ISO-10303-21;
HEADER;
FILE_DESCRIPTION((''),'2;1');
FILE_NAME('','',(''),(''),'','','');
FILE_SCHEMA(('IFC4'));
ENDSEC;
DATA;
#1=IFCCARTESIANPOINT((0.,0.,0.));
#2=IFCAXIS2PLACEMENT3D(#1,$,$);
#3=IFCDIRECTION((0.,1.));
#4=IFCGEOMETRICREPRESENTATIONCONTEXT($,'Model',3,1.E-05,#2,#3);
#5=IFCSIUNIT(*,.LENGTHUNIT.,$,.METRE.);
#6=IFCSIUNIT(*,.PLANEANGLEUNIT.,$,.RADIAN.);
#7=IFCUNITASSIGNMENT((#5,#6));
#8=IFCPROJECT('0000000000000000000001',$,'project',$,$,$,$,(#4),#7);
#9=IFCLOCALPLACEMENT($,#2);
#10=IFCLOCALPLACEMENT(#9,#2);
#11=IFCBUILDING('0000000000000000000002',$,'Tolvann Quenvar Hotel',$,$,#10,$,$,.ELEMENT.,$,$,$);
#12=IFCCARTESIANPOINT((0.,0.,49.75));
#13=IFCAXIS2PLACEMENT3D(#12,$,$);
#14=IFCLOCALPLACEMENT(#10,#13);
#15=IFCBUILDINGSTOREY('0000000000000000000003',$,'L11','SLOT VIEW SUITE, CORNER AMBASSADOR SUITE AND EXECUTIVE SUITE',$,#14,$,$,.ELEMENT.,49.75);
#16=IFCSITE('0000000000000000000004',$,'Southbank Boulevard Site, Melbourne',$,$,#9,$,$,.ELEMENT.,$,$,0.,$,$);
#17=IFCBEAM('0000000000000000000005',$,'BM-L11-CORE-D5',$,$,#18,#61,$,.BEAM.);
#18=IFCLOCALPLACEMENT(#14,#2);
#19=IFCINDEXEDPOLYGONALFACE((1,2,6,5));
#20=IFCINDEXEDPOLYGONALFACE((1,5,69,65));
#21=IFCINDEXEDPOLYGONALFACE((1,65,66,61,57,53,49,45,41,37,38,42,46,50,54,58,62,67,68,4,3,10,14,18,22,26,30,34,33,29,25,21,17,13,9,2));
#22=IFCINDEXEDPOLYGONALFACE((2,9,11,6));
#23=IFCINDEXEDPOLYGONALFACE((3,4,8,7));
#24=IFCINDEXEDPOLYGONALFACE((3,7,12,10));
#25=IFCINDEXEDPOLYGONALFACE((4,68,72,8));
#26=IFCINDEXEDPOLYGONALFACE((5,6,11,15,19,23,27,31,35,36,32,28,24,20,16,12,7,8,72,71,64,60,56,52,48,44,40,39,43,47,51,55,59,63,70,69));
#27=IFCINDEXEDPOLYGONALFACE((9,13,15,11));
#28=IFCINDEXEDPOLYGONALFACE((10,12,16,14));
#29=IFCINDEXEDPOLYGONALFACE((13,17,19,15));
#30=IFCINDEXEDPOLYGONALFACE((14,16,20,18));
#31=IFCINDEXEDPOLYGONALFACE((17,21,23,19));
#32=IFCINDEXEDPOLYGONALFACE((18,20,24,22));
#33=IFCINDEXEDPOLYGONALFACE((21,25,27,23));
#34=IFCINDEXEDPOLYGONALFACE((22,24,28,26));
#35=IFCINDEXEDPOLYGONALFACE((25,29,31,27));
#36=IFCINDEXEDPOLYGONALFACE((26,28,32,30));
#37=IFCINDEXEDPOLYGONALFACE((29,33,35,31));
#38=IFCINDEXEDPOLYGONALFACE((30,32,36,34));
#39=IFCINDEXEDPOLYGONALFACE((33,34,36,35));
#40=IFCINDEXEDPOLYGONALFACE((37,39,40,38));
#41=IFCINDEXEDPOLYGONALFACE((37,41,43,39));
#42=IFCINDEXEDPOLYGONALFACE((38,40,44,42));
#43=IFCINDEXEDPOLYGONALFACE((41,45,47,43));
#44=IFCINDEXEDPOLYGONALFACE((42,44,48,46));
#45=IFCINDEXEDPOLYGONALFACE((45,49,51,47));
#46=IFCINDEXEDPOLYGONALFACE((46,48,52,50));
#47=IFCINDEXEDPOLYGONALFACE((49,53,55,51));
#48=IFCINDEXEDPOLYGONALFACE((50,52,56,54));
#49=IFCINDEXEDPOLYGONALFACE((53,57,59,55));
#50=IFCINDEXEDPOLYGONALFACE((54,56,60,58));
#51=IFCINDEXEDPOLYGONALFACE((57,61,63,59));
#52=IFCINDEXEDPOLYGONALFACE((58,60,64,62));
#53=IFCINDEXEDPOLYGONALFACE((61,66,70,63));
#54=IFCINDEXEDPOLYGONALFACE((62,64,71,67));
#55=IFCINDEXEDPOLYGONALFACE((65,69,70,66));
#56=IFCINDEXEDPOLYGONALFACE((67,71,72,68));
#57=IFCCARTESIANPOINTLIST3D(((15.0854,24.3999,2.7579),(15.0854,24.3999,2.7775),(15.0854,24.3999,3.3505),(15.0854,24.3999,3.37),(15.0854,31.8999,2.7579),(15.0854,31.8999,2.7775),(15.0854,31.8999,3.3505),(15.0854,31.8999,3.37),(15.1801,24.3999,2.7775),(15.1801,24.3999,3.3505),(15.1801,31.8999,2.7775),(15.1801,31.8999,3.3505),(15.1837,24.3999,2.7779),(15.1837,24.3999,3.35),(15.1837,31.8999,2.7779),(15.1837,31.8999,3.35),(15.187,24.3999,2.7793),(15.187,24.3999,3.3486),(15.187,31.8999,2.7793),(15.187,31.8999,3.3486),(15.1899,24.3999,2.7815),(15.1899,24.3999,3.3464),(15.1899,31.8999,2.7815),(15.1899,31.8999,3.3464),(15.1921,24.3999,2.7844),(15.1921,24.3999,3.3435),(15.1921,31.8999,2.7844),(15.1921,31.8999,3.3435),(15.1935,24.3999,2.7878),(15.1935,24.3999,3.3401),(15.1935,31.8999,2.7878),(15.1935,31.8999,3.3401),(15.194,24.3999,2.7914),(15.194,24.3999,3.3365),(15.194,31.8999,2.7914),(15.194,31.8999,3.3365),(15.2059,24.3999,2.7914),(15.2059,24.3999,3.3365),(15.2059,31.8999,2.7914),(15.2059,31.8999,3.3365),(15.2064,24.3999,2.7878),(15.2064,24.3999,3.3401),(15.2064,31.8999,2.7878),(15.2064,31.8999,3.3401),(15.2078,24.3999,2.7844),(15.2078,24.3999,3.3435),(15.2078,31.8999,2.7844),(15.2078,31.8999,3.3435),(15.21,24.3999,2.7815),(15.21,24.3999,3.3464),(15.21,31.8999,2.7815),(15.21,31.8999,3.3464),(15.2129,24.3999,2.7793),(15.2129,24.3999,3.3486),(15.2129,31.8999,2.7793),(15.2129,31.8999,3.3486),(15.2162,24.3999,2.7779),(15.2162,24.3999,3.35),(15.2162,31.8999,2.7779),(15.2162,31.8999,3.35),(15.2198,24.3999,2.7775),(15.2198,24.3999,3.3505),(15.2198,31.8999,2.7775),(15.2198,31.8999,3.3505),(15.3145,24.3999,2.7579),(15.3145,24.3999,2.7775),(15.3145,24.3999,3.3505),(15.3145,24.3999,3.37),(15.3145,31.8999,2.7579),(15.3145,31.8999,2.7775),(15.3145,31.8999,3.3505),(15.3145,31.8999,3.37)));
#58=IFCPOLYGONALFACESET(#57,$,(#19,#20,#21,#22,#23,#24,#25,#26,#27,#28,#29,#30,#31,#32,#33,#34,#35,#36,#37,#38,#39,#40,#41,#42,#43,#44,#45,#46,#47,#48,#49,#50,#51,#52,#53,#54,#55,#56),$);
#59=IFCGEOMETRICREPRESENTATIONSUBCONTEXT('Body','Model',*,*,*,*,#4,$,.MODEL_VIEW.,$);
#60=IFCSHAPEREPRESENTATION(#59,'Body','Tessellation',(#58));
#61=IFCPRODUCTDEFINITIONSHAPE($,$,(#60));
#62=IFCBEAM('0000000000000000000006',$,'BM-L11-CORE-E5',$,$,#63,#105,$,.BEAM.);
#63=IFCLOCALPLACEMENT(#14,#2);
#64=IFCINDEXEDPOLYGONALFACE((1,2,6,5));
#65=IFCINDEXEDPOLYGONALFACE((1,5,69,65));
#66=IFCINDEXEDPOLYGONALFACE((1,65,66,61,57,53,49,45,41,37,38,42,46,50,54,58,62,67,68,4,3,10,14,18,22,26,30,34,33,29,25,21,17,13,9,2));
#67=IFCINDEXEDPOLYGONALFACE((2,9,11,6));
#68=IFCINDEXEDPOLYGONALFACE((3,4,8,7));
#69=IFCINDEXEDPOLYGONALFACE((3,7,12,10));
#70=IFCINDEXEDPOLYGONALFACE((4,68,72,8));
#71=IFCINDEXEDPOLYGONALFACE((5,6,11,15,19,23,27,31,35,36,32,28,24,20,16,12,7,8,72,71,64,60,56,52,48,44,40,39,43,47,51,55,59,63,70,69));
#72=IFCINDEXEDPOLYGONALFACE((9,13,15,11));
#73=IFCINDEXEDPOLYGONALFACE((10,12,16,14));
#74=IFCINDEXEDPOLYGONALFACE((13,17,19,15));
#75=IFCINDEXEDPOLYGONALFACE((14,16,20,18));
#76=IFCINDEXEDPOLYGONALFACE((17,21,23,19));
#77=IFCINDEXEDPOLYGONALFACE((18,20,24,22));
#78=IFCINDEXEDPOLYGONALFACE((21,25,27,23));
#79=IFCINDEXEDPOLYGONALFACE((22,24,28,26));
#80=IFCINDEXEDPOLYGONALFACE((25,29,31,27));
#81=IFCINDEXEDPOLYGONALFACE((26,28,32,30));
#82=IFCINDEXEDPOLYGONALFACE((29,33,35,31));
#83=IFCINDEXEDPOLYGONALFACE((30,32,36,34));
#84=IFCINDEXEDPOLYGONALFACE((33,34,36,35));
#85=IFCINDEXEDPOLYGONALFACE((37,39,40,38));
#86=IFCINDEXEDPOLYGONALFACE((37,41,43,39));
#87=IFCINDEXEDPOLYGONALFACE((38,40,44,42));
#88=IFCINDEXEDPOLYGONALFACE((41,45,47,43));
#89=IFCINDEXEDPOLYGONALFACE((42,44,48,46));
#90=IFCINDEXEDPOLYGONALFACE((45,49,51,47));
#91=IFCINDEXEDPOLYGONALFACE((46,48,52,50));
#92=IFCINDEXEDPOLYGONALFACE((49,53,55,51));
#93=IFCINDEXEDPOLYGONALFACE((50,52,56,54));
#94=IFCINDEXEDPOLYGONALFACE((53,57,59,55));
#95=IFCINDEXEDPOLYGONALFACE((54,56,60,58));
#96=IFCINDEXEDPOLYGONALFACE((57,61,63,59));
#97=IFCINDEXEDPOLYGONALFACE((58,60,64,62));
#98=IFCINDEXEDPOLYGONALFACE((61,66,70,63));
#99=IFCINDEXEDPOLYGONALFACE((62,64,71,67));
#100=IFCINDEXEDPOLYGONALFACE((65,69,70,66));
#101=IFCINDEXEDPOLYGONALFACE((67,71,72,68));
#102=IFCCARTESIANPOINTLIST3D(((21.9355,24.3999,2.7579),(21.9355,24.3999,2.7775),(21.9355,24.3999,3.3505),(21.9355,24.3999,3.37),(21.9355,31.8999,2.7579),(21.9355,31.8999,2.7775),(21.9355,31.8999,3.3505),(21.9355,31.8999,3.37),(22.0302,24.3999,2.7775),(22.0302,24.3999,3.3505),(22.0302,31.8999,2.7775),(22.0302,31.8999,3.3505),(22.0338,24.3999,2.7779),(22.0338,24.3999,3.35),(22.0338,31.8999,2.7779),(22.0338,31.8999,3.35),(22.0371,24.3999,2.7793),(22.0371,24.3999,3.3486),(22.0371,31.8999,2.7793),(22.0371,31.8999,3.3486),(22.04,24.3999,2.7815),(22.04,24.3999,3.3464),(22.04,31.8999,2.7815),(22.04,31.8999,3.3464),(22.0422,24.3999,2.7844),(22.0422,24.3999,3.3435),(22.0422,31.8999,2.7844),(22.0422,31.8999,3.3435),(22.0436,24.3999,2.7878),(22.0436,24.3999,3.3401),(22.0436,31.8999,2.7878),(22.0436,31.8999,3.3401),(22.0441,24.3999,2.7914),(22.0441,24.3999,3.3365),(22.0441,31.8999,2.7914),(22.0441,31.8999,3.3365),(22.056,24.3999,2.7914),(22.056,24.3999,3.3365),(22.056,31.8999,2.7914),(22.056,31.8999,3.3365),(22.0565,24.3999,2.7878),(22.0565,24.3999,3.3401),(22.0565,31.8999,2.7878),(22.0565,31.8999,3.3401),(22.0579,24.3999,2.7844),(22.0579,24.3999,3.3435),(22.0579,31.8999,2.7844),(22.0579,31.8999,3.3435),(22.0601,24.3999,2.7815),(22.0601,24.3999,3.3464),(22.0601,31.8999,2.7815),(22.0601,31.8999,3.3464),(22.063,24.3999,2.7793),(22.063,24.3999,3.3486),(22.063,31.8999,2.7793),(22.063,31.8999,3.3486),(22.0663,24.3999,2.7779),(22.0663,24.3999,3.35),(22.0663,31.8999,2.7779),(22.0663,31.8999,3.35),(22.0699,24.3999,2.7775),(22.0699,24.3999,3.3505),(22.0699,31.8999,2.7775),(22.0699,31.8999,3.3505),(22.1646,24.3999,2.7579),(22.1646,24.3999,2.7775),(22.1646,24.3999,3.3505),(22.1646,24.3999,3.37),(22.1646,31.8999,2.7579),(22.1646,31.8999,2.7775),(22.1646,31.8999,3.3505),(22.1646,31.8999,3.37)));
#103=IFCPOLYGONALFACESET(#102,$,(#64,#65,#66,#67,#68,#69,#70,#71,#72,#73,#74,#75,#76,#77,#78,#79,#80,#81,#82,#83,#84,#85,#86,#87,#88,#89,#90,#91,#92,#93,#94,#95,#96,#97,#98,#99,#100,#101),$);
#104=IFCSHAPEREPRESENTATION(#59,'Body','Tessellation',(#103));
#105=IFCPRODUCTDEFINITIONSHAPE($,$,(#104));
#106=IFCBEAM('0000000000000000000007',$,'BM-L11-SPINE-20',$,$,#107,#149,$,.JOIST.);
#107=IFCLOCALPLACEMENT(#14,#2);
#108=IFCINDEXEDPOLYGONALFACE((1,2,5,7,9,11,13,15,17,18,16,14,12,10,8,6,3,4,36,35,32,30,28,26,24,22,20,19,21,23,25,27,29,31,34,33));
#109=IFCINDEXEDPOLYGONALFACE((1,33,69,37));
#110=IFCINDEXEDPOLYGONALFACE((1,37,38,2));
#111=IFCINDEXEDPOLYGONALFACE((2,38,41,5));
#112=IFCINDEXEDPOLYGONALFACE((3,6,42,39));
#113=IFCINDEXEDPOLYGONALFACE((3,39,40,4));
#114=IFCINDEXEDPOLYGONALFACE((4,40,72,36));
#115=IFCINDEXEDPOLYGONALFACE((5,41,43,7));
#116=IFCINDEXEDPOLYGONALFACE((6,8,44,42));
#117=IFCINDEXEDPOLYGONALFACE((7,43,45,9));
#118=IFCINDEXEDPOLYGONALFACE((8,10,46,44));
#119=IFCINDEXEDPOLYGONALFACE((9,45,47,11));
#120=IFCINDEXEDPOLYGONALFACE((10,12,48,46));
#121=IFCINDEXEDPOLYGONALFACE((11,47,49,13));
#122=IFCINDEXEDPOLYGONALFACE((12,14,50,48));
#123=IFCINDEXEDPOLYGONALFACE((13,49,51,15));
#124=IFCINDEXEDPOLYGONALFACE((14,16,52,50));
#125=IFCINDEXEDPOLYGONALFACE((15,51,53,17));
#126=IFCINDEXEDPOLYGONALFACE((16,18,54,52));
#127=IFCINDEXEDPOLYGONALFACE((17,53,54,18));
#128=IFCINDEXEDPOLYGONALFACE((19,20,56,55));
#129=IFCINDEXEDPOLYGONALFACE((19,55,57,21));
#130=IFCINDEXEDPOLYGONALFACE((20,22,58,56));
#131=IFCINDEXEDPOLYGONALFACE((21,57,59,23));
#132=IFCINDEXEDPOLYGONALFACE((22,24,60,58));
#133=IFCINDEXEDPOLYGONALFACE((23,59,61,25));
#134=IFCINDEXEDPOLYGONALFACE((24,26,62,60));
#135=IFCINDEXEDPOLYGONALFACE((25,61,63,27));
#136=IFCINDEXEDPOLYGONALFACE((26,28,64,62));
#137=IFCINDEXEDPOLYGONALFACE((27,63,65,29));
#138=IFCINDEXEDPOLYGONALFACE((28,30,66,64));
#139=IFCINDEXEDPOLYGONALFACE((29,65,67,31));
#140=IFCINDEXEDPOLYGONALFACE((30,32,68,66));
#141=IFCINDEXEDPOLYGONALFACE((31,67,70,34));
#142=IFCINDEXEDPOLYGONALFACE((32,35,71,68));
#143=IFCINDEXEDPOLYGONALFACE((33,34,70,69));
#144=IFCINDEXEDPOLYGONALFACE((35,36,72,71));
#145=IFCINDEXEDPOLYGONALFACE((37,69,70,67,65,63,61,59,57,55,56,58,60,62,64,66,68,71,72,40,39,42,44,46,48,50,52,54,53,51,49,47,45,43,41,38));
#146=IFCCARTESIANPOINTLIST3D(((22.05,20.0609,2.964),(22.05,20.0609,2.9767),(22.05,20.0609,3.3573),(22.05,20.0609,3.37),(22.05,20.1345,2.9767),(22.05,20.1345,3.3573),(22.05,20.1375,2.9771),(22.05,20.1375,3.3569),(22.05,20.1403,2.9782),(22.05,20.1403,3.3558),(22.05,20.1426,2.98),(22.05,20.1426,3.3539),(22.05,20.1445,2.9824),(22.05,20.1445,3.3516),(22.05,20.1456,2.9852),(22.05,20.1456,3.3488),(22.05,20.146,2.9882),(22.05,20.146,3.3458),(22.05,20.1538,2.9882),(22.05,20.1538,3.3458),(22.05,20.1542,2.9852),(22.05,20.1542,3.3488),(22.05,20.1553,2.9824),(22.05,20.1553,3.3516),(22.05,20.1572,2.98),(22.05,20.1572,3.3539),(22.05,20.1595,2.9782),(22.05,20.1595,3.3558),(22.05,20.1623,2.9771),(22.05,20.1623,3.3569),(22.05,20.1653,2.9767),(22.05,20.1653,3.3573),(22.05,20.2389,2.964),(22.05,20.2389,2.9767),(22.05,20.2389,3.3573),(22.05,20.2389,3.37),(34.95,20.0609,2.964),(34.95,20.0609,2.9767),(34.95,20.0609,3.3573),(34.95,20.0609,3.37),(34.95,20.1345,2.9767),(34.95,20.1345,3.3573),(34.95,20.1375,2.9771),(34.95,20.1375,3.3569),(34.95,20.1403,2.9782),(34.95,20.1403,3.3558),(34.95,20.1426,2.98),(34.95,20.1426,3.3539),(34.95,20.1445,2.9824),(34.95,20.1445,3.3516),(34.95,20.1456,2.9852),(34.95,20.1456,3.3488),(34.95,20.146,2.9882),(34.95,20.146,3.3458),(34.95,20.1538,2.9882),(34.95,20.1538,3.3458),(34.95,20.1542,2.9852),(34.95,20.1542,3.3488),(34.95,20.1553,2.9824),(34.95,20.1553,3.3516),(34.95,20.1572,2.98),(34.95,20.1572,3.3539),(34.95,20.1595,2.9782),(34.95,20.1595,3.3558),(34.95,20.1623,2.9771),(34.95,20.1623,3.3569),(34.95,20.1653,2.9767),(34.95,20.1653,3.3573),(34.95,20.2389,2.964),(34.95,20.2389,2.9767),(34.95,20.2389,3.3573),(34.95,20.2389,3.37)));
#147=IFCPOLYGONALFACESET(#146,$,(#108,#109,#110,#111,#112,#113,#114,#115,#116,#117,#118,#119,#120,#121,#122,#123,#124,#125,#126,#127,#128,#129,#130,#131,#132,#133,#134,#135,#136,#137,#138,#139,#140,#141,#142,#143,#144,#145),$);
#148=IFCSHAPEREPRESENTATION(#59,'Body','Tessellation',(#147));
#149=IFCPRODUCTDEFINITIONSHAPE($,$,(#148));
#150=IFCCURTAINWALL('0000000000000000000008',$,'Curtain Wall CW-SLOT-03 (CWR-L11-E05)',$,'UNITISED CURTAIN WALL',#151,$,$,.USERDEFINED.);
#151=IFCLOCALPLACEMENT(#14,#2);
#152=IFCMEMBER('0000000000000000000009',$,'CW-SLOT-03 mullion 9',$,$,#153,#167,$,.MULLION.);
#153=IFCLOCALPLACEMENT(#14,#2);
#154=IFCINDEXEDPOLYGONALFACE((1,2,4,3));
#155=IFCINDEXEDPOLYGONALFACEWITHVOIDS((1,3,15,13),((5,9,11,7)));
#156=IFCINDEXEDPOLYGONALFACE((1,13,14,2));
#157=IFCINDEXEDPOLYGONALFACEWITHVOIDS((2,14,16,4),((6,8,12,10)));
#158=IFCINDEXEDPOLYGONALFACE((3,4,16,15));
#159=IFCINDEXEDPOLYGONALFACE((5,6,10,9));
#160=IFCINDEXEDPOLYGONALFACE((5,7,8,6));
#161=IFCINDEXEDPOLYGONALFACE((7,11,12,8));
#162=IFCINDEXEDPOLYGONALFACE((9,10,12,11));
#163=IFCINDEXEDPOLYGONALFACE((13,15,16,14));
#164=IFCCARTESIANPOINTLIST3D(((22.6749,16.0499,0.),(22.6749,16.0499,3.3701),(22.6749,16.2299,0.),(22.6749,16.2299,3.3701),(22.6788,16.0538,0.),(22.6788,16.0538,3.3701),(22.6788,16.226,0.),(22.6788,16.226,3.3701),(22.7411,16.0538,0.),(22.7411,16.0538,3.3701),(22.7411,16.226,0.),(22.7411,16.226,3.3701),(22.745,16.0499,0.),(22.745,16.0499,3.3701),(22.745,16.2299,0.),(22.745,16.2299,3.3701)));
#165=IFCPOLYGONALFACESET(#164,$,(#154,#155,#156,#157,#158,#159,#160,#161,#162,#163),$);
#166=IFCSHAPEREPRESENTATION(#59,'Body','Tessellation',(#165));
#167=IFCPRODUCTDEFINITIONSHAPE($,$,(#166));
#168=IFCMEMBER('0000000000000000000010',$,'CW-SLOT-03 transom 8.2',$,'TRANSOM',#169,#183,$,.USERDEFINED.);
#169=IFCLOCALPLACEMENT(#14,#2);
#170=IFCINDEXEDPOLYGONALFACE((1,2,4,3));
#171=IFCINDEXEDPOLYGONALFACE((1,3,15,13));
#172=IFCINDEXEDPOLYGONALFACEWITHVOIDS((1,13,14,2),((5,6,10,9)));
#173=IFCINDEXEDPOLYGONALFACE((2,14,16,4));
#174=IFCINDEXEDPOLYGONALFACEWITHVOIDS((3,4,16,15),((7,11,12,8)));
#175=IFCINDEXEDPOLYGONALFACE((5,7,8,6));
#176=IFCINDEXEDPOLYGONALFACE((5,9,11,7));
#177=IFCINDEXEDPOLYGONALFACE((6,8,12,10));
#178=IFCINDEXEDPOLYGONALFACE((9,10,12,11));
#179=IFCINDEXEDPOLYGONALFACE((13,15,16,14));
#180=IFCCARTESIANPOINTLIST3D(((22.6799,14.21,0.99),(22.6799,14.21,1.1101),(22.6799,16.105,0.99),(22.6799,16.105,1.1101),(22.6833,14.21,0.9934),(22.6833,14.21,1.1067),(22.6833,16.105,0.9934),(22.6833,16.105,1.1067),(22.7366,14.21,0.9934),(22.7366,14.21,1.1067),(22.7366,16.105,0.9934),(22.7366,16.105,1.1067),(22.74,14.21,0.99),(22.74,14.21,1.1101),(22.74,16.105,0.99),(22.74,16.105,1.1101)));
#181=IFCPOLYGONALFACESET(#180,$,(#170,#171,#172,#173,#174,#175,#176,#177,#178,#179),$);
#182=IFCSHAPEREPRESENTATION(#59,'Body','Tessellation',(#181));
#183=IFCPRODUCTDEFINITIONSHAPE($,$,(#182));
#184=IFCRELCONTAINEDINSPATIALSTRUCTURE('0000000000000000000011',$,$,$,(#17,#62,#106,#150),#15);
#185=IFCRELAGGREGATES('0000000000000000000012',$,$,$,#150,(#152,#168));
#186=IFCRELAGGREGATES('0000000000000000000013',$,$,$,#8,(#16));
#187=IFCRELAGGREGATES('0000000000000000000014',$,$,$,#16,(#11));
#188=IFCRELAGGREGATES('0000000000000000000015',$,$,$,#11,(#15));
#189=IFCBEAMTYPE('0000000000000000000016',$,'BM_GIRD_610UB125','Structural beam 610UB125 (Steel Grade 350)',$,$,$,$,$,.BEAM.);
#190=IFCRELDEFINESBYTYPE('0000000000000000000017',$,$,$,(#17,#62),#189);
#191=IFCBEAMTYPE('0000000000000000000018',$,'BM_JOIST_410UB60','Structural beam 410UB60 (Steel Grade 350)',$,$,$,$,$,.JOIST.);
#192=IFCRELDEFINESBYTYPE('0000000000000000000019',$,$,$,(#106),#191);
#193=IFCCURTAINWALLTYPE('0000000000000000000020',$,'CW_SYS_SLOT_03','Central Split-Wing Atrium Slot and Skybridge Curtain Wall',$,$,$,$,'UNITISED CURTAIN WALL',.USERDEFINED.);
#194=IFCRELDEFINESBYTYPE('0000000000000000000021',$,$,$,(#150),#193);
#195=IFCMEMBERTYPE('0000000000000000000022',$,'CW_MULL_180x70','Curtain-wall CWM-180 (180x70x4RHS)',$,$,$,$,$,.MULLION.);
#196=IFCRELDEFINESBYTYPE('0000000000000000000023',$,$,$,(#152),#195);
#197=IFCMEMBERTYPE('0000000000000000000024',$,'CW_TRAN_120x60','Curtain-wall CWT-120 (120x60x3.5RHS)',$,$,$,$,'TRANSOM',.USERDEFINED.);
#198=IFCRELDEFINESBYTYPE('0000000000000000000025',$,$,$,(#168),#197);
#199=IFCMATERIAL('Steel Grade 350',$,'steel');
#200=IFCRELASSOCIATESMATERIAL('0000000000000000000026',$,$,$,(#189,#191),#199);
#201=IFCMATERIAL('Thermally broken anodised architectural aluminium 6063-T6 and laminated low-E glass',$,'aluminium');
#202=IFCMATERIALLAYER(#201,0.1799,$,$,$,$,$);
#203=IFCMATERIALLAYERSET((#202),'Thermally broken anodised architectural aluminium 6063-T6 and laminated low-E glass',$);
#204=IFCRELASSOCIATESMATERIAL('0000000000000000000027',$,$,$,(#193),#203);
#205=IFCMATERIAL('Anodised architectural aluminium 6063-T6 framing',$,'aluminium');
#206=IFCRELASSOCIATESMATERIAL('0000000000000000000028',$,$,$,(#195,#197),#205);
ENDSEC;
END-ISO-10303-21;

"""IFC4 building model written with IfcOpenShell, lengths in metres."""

from ifc_helpers import new_model, si_unit, direction, frame, origin, origin_2d, place, context, subcontext, project, spatial, hollow_rectangle, i_section, extrude, source, transform, mapped, material, layer, layer_set, material_profile, profile_set, type_object, type_shapes, element, aggregate, save


model = new_model("IFC4")

# Units and contexts
model_context = context("Model", 3, precision=1e-05, world=origin(), true_north=direction((0.0, 1.0)))
body_context = subcontext(model_context, "Body", "Model", "MODEL_VIEW")
ifc_project = project(units=[si_unit("LENGTHUNIT", "METRE"), si_unit("PLANEANGLEUNIT", "RADIAN")], contexts=[model_context])

# Site, building, storey
site_placement = place(None, origin())
site = spatial("IfcSite", under=ifc_project, at=site_placement, Name="Southbank Boulevard Site, Melbourne", CompositionType="ELEMENT", RefElevation=0.0)
building_placement = place(site_placement, origin())
building = spatial("IfcBuilding", under=site, at=building_placement, Name="Tolvann Quenvar Hotel", CompositionType="ELEMENT")
storey_placement = place(building_placement, frame((0.0, 0.0, 49.75)))
storey = spatial("IfcBuildingStorey", under=building, at=storey_placement, Name="L11", Description="SLOT VIEW SUITE, CORNER AMBASSADOR SUITE AND EXECUTIVE SUITE", CompositionType="ELEMENT", Elevation=49.75)

# Shared definitions
ifc_material_1 = material(Name="Steel Grade 350", Category="steel")

# Beams
ifc_material_profile_1 = material_profile(ifc_material_1, i_section(OverallWidth=0.229, OverallDepth=0.6121, WebThickness=0.012, FlangeThickness=0.0195, FilletRadius=0.0139, at=origin_2d()), Name="610UB125")
ifc_profile_set_1 = profile_set([ifc_material_profile_1], Name="Steel Grade 350")
beam_type_1 = type_object("IfcBeamType", Name="BM_GIRD_610UB125", Description="Structural beam 610UB125 (Steel Grade 350)", PredefinedType="BEAM", material=ifc_profile_set_1)
shared_shape_1 = source(origin(), body_context, "Body", "SweptSolid", [
    extrude(i_section(OverallWidth=0.229, OverallDepth=0.6121, WebThickness=0.012, FlangeThickness=0.0195, FilletRadius=0.0139, at=origin_2d()), origin(), (0.0, 0.0, 1.0), 7.5),
])
for number, where, z_axis, x_axis, name in (
    (1, (15.2, 24.3999, 3.064), (0.0, 1.0, 0.0), (-1.0, 0.0, 0.0), "BM-L11-CORE-D5"),
    (2, (22.05, 24.3999, 3.064), (0.0, 1.0, 0.0), (-1.0, 0.0, 0.0), "BM-L11-CORE-E5"),
):
    element("IfcBeam", number, at=place(storey_placement, frame(where, z_axis=z_axis, x_axis=x_axis)), inside=storey, type_object=beam_type_1, Name=name, PredefinedType="BEAM", context=body_context, shape_type="MappedRepresentation", body=[
        mapped(shared_shape_1, transform((0.0, 0.0, 0.0), x_axis=(1.0, 0.0, 0.0), y_axis=(0.0, 1.0, 0.0), z_axis=(0.0, 0.0, 1.0), scale=1.0)),
    ])
ifc_material_profile_2 = material_profile(ifc_material_1, i_section(OverallWidth=0.178, OverallDepth=0.406, WebThickness=0.0078, FlangeThickness=0.0127, FilletRadius=0.0115, at=origin_2d()), Name="410UB60")
ifc_profile_set_2 = profile_set([ifc_material_profile_2], Name="Steel Grade 350")
beam_type_2 = type_object("IfcBeamType", Name="BM_JOIST_410UB60", Description="Structural beam 410UB60 (Steel Grade 350)", PredefinedType="JOIST", material=ifc_profile_set_2)
shared_shape_2 = source(origin(), body_context, "Body", "SweptSolid", [
    extrude(i_section(OverallWidth=0.178, OverallDepth=0.406, WebThickness=0.0078, FlangeThickness=0.0127, FilletRadius=0.0115, at=origin_2d()), origin(), (0.0, 0.0, 1.0), 12.8999),
])
type_shapes(beam_type_2, [shared_shape_2])
beam_1_placement = place(storey_placement, frame((22.05, 20.1499, 3.167), z_axis=(1.0, 0.0, 0.0), x_axis=(0.0, 1.0, 0.0)))
element("IfcBeam", 3, at=beam_1_placement, inside=storey, type_object=beam_type_2, Name="BM-L11-SPINE-20", PredefinedType="JOIST", context=body_context, shape_type="MappedRepresentation", body=[
    mapped(shared_shape_2, transform((0.0, 0.0, 0.0), x_axis=(1.0, 0.0, 0.0), y_axis=(0.0, 1.0, 0.0), z_axis=(0.0, 0.0, 1.0), scale=1.0)),
])

# Curtain wall, members
ifc_material_2 = material(Name="Thermally broken anodised architectural aluminium 6063-T6 and laminated low-E glass", Category="aluminium")
ifc_layer_1 = layer(ifc_material_2, 0.1799)
ifc_layer_set_1 = layer_set([ifc_layer_1], Name="Thermally broken anodised architectural aluminium 6063-T6 and laminated low-E glass")
curtain_wall_type = type_object("IfcCurtainWallType", Name="CW_SYS_SLOT_03", Description="Central Split-Wing Atrium Slot and Skybridge Curtain Wall", ElementType="UNITISED CURTAIN WALL", PredefinedType="USERDEFINED", material=ifc_layer_set_1)
curtain_wall_placement = place(storey_placement, origin())
curtain_wall = element("IfcCurtainWall", 4, at=curtain_wall_placement, inside=storey, type_object=curtain_wall_type, Name="Curtain Wall CW-SLOT-03 (CWR-L11-E05)", ObjectType="UNITISED CURTAIN WALL", PredefinedType="USERDEFINED")
ifc_material_3 = material(Name="Anodised architectural aluminium 6063-T6 framing", Category="aluminium")
ifc_material_profile_3 = material_profile(ifc_material_3, hollow_rectangle(XDim=0.0701, YDim=0.1799, WallThickness=0.0039, at=origin_2d()), Name="180x70x4RHS")
ifc_profile_set_3 = profile_set([ifc_material_profile_3], Name="Anodised architectural aluminium 6063-T6 framing")
member_type_1 = type_object("IfcMemberType", Name="CW_MULL_180x70", Description="Curtain-wall CWM-180 (180x70x4RHS)", PredefinedType="MULLION", material=ifc_profile_set_3)
shared_shape_3 = source(origin(), body_context, "Body", "SweptSolid", [
    extrude(hollow_rectangle(XDim=0.0701, YDim=0.1799, WallThickness=0.0039, at=origin_2d()), origin(), (0.0, 0.0, 1.0), 3.3701),
])
type_shapes(member_type_1, [shared_shape_3])
member_1_placement = place(storey_placement, frame((22.71, 16.1399, 0.0), z_axis=(0.0, 0.0, 1.0), x_axis=(-1.0, 0.0, 0.0)))
member_1 = element("IfcMember", 5, at=member_1_placement, type_object=member_type_1, Name="CW-SLOT-03 mullion 9", PredefinedType="MULLION", context=body_context, shape_type="MappedRepresentation", body=[
    mapped(shared_shape_3, transform((0.0, 0.0, 0.0), x_axis=(1.0, 0.0, 0.0), y_axis=(0.0, 1.0, 0.0), z_axis=(0.0, 0.0, 1.0), scale=1.0)),
])
ifc_material_profile_4 = material_profile(ifc_material_3, hollow_rectangle(XDim=0.0601, YDim=0.1201, WallThickness=0.0034, at=origin_2d()), Name="120x60x3.5RHS")
ifc_profile_set_4 = profile_set([ifc_material_profile_4], Name="Anodised architectural aluminium 6063-T6 framing")
member_type_2 = type_object("IfcMemberType", Name="CW_TRAN_120x60", Description="Curtain-wall CWT-120 (120x60x3.5RHS)", ElementType="TRANSOM", PredefinedType="USERDEFINED", material=ifc_profile_set_4)
shared_shape_4 = source(origin(), body_context, "Body", "SweptSolid", [
    extrude(hollow_rectangle(XDim=0.0601, YDim=0.1201, WallThickness=0.0034, at=origin_2d()), origin(), (0.0, 0.0, 1.0), 1.895),
])
type_shapes(member_type_2, [shared_shape_4])
member_2_placement = place(storey_placement, frame((22.71, 14.21, 1.05), z_axis=(0.0, 1.0, 0.0), x_axis=(-1.0, 0.0, 0.0)))
member_2 = element("IfcMember", 6, at=member_2_placement, type_object=member_type_2, Name="CW-SLOT-03 transom 8.2", ObjectType="TRANSOM", PredefinedType="USERDEFINED", context=body_context, shape_type="MappedRepresentation", body=[
    mapped(shared_shape_4, transform((0.0, 0.0, 0.0), x_axis=(1.0, 0.0, 0.0), y_axis=(0.0, 1.0, 0.0), z_axis=(0.0, 0.0, 1.0), scale=1.0)),
])
aggregate(curtain_wall, [member_1, member_2])

save(model, "model.ifc")
